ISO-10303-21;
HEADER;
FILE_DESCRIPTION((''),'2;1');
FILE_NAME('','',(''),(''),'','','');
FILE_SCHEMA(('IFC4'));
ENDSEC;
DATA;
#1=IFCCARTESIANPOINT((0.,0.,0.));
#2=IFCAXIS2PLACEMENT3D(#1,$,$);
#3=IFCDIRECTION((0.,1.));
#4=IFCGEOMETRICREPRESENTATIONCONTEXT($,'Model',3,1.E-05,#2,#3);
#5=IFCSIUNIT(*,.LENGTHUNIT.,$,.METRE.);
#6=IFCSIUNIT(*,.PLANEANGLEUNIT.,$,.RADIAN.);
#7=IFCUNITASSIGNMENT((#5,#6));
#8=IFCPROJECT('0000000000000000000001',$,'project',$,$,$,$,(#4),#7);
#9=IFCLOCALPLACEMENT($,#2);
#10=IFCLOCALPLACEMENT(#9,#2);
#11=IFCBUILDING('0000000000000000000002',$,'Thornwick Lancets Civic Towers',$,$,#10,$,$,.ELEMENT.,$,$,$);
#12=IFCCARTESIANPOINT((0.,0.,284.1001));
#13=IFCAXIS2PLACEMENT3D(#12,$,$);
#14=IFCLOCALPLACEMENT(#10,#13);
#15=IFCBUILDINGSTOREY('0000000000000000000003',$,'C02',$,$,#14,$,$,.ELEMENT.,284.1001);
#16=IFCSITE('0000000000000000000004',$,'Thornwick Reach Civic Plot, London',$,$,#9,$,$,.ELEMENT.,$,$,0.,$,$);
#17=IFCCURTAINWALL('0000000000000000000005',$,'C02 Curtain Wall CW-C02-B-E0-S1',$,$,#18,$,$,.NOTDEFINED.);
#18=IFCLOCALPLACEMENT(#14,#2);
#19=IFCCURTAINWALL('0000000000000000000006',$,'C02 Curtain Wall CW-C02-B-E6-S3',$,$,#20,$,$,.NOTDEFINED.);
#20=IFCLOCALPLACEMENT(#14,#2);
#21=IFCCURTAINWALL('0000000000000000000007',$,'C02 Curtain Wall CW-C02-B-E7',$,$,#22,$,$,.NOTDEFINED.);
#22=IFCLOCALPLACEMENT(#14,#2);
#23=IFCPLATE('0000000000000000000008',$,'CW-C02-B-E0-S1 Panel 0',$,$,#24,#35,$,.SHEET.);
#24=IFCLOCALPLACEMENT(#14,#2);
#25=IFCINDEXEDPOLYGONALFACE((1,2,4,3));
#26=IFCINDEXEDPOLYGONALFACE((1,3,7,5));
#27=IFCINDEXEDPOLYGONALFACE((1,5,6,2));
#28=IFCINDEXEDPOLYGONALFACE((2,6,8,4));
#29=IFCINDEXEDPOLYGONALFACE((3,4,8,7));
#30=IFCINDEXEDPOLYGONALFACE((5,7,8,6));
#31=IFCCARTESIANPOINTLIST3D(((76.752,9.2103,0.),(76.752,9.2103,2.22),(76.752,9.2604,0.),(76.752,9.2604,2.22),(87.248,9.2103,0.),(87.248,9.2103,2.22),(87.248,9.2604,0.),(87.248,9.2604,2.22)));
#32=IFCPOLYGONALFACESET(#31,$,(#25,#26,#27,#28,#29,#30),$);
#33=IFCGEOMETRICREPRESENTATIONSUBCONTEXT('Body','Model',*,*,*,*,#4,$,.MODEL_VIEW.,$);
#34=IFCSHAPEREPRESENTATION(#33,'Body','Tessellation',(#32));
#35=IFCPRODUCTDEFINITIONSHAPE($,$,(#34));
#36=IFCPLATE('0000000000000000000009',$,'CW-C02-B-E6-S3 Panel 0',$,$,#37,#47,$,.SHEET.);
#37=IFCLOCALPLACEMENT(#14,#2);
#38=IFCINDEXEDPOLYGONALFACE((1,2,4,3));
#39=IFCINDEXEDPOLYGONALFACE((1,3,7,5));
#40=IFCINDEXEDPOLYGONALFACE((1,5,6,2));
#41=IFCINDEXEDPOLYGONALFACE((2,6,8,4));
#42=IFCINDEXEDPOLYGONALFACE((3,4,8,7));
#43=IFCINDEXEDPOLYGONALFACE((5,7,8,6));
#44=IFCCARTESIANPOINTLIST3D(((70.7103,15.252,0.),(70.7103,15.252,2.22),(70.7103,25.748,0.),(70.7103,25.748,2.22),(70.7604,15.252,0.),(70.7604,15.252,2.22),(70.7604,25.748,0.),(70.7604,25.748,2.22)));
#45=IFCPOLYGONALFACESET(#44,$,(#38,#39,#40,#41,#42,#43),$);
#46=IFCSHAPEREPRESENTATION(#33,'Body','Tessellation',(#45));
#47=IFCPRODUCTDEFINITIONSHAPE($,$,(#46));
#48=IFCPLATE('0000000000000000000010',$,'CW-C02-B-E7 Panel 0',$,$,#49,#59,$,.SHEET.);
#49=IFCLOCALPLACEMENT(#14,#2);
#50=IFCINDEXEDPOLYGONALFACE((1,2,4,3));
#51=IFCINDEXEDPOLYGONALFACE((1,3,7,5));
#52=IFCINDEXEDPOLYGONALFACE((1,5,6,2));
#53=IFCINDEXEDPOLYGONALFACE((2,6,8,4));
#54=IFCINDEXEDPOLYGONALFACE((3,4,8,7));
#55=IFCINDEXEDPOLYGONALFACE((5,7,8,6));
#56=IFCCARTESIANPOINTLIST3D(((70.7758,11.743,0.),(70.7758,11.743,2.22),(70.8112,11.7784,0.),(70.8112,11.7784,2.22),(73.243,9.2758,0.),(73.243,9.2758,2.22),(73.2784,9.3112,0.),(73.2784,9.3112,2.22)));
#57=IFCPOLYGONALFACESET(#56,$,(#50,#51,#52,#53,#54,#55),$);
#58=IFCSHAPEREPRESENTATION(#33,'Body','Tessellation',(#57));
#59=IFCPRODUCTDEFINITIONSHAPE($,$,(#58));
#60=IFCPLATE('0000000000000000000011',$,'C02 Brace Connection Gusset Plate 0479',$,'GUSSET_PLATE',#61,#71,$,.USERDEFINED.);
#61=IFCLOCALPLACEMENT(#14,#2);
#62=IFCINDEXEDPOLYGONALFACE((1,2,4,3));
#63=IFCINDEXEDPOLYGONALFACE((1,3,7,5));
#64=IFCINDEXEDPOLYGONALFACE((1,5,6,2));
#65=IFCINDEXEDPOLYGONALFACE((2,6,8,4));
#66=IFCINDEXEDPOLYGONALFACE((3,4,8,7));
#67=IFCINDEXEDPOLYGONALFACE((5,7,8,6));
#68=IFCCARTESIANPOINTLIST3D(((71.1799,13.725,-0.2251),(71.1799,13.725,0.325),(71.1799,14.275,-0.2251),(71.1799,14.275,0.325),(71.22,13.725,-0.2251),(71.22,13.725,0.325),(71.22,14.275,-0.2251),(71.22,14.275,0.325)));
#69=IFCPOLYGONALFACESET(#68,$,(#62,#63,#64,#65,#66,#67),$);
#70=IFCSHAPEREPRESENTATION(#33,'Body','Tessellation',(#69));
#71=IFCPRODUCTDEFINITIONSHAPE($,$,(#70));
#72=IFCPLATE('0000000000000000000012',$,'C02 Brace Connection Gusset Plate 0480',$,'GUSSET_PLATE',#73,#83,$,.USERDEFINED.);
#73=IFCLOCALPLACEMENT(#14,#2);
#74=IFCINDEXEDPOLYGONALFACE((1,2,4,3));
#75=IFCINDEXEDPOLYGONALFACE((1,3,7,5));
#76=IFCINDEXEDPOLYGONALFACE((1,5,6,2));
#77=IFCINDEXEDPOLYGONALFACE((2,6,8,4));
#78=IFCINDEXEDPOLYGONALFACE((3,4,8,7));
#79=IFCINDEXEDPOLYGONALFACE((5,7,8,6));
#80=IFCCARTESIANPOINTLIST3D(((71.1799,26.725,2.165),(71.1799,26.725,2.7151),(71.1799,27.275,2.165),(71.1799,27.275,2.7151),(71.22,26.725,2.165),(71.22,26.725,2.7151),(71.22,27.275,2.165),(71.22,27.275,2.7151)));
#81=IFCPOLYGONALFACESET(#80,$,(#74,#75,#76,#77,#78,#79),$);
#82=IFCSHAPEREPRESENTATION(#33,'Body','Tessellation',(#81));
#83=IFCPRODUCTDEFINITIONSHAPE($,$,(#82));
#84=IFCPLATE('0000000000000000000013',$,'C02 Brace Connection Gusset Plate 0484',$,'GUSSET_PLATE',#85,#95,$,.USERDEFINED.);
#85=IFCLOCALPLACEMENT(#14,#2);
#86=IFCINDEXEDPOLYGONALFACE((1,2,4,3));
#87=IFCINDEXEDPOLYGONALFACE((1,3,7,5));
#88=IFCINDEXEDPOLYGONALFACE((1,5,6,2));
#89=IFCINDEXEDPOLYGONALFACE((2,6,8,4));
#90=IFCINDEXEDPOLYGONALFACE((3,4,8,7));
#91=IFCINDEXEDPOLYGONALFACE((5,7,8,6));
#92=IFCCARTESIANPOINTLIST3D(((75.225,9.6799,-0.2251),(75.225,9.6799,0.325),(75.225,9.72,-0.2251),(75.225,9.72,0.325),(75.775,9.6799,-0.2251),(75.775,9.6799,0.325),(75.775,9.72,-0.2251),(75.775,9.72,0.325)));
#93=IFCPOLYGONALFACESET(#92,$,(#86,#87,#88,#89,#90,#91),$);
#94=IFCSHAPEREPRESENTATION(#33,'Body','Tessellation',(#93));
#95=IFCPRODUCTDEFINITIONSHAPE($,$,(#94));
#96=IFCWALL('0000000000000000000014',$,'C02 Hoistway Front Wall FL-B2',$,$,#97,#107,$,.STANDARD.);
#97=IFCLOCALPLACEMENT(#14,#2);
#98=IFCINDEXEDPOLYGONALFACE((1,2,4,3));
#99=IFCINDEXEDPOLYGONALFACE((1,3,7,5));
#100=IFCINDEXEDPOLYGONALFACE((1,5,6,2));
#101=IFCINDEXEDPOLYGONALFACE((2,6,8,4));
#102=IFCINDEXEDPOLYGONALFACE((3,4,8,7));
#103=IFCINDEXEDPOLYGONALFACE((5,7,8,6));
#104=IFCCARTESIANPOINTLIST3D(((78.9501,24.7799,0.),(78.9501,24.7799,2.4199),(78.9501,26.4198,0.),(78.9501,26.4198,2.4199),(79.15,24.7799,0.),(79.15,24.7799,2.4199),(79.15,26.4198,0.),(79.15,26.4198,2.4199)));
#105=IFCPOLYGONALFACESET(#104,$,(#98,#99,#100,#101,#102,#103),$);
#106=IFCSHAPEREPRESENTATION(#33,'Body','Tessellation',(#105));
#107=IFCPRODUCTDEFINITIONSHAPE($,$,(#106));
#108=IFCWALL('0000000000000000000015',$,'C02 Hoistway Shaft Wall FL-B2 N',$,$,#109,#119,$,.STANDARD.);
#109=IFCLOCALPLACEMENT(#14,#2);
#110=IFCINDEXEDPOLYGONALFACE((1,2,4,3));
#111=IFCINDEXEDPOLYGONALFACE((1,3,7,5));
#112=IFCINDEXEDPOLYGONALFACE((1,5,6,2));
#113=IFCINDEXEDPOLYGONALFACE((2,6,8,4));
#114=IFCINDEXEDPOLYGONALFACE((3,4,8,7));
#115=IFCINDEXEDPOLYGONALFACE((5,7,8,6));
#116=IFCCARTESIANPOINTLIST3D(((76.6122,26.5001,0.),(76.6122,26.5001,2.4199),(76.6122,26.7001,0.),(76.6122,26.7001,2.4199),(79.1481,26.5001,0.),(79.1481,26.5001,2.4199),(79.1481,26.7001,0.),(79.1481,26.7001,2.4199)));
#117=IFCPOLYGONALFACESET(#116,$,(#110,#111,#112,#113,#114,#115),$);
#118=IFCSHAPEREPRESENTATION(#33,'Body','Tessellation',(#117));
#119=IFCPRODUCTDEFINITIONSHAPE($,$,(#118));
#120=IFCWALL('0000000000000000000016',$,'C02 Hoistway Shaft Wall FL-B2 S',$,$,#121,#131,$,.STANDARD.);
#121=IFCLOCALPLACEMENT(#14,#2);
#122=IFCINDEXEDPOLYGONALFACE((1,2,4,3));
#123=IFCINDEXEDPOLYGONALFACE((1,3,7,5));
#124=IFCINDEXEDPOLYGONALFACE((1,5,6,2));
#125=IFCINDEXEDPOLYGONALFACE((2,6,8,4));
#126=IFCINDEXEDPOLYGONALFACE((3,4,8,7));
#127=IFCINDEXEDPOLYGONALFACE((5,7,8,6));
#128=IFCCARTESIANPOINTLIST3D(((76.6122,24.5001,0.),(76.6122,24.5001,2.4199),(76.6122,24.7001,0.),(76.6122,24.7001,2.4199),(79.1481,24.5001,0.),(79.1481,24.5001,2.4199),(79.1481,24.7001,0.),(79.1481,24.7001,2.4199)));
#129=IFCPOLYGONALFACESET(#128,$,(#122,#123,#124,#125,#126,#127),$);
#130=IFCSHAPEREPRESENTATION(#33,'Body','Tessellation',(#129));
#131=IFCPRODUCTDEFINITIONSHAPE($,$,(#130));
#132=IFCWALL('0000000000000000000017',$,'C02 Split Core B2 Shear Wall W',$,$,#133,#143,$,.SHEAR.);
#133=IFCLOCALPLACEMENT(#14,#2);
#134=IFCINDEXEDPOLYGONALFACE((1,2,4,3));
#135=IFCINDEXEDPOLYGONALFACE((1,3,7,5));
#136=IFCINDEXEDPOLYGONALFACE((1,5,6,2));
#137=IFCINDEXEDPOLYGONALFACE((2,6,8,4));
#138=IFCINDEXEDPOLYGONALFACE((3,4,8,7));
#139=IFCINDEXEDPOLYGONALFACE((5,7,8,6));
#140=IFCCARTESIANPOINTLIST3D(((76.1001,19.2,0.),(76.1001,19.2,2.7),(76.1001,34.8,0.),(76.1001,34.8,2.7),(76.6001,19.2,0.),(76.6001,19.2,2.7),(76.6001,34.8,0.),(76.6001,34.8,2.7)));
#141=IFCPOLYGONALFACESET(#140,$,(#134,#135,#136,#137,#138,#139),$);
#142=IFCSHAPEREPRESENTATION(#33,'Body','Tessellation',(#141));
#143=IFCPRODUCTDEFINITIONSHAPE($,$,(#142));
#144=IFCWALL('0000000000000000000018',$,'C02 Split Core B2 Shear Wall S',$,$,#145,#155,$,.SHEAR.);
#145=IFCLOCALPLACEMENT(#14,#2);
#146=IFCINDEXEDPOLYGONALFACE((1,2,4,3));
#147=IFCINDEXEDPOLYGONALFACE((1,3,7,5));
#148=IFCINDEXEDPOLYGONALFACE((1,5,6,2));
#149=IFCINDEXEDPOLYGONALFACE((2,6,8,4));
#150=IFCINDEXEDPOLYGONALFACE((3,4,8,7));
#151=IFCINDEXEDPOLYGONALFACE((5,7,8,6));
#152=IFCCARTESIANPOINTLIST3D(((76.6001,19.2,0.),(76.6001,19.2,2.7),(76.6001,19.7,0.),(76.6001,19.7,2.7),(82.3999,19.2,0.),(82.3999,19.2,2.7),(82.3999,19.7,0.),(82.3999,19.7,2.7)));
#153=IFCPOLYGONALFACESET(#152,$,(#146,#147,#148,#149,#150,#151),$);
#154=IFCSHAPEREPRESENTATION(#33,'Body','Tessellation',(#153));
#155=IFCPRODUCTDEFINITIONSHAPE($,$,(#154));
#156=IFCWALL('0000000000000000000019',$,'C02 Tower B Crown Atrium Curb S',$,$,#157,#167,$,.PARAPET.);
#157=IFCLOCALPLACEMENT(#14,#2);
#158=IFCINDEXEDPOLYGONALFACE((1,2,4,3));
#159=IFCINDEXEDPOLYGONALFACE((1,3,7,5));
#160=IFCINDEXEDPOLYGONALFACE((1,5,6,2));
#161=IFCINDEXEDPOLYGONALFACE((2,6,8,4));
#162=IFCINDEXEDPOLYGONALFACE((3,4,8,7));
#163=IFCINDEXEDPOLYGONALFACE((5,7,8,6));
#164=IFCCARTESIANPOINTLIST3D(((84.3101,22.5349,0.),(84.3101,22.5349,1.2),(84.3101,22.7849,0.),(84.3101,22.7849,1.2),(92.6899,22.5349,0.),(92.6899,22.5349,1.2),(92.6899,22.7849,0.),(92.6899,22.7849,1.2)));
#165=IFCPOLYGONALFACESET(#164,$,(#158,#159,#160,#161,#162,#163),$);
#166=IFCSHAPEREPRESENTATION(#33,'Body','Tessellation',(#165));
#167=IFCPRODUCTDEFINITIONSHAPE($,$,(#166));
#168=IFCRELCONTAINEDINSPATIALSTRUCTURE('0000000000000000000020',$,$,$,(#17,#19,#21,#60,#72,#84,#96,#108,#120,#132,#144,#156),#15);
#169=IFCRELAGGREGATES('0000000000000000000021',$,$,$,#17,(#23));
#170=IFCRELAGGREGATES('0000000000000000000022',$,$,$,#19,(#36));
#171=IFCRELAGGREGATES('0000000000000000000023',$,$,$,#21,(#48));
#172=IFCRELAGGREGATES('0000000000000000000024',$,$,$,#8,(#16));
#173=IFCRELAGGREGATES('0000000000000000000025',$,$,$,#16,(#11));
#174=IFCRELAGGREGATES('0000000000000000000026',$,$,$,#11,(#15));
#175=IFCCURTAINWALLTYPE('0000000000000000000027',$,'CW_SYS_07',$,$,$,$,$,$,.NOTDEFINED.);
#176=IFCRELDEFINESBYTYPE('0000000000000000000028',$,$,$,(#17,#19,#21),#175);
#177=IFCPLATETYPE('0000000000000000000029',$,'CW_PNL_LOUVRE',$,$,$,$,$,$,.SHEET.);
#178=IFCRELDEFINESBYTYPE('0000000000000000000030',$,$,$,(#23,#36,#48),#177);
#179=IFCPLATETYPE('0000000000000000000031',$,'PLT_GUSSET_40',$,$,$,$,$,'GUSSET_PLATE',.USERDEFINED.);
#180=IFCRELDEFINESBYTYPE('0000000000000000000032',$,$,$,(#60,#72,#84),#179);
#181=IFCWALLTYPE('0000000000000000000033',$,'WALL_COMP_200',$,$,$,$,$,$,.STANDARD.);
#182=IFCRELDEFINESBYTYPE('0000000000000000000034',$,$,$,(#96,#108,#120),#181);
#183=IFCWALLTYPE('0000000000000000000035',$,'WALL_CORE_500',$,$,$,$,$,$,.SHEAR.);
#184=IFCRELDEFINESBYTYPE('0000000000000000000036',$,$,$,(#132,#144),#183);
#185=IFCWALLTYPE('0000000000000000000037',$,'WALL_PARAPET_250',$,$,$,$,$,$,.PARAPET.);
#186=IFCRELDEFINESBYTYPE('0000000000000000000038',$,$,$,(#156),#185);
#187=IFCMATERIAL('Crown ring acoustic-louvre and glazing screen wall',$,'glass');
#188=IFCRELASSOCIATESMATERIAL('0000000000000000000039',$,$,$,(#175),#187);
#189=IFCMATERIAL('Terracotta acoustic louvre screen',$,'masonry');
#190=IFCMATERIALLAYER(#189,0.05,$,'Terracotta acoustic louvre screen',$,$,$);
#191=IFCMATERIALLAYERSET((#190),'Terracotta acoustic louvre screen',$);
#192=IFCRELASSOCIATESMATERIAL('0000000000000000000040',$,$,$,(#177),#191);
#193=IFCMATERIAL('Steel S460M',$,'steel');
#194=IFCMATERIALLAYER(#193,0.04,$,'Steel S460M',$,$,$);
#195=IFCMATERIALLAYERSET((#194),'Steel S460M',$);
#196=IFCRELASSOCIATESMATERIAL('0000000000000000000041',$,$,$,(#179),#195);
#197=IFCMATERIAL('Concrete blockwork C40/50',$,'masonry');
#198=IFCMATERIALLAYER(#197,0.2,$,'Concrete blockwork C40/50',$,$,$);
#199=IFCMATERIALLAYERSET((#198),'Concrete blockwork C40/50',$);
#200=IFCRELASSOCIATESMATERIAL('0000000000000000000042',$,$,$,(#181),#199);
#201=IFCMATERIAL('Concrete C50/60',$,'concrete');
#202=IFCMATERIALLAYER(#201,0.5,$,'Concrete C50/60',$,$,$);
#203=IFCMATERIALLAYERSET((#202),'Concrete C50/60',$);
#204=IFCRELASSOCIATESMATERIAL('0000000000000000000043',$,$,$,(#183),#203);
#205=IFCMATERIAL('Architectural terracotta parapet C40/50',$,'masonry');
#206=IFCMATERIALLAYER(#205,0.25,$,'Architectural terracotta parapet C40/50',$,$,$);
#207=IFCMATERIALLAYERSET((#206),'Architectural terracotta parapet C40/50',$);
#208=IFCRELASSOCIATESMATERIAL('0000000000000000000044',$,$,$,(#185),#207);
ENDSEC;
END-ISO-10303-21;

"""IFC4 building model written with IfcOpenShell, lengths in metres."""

from ifc_helpers import new_model, si_unit, direction, frame, frame_2d, origin, origin_2d, place, context, subcontext, project, spatial, rectangle, extrude, material, layer, layer_set, type_object, element, aggregate, save


model = new_model("IFC4")

# Units and contexts
model_context = context("Model", 3, precision=1e-05, world=origin(), true_north=direction((0.0, 1.0)))
body_context = subcontext(model_context, "Body", "Model", "MODEL_VIEW")
ifc_project = project(units=[si_unit("LENGTHUNIT", "METRE"), si_unit("PLANEANGLEUNIT", "RADIAN")], contexts=[model_context])

# Site, building, storey
site_placement = place(None, origin())
site = spatial("IfcSite", under=ifc_project, at=site_placement, Name="Thornwick Reach Civic Plot, London", CompositionType="ELEMENT", RefElevation=0.0)
building_placement = place(site_placement, origin())
building = spatial("IfcBuilding", under=site, at=building_placement, Name="Thornwick Lancets Civic Towers", CompositionType="ELEMENT")
storey_placement = place(building_placement, frame((0.0, 0.0, 284.1001)))
storey = spatial("IfcBuildingStorey", under=building, at=storey_placement, Name="C02", CompositionType="ELEMENT", Elevation=284.1001)

# Curtain walls
ifc_material_1 = material(Name="Crown ring acoustic-louvre and glazing screen wall", Category="glass")
curtain_wall_type = type_object("IfcCurtainWallType", Name="CW_SYS_07", PredefinedType="NOTDEFINED", material=ifc_material_1)
curtain_wall_1_placement = place(storey_placement, origin())
curtain_wall_1 = element("IfcCurtainWall", 1, at=curtain_wall_1_placement, inside=storey, type_object=curtain_wall_type, Name="C02 Curtain Wall CW-C02-B-E0-S1", PredefinedType="NOTDEFINED")
curtain_wall_2_placement = place(storey_placement, origin())
curtain_wall_2 = element("IfcCurtainWall", 2, at=curtain_wall_2_placement, inside=storey, type_object=curtain_wall_type, Name="C02 Curtain Wall CW-C02-B-E6-S3", PredefinedType="NOTDEFINED")
curtain_wall_3_placement = place(storey_placement, origin())
curtain_wall_3 = element("IfcCurtainWall", 3, at=curtain_wall_3_placement, inside=storey, type_object=curtain_wall_type, Name="C02 Curtain Wall CW-C02-B-E7", PredefinedType="NOTDEFINED")

# Plates
ifc_material_2 = material(Name="Terracotta acoustic louvre screen", Category="masonry")
ifc_layer_1 = layer(ifc_material_2, 0.05, Name="Terracotta acoustic louvre screen")
ifc_layer_set_1 = layer_set([ifc_layer_1], Name="Terracotta acoustic louvre screen")
plate_type_1 = type_object("IfcPlateType", Name="CW_PNL_LOUVRE", PredefinedType="SHEET", material=ifc_layer_set_1)
plate_1_placement = place(storey_placement, frame((82.0, 9.2354, 0.0), z_axis=(0.0, 0.0, 1.0), x_axis=(1.0, 0.0, 0.0)))
plate_1 = element("IfcPlate", 4, at=plate_1_placement, type_object=plate_type_1, Name="CW-C02-B-E0-S1 Panel 0", PredefinedType="SHEET", context=body_context, shape_type="SweptSolid", body=[
    extrude(rectangle(XDim=10.4961, YDim=0.05, at=origin_2d()), origin(), (0.0, 0.0, 1.0), 2.22),
])
aggregate(curtain_wall_1, [plate_1])
plate_2_placement = place(storey_placement, frame((70.7354, 20.5, 0.0), z_axis=(0.0, 0.0, 1.0), x_axis=(0.0, -1.0, 0.0)))
plate_2 = element("IfcPlate", 5, at=plate_2_placement, type_object=plate_type_1, Name="CW-C02-B-E6-S3 Panel 0", PredefinedType="SHEET", context=body_context, shape_type="SweptSolid", body=[
    extrude(rectangle(XDim=10.4961, YDim=0.05, at=origin_2d()), origin(), (0.0, 0.0, 1.0), 2.22),
])
aggregate(curtain_wall_2, [plate_2])
plate_3_placement = place(storey_placement, frame((72.0271, 10.5271, 0.0), z_axis=(0.0, 0.0, 1.0), x_axis=(0.707107, -0.707107, 0.0)))
plate_3 = element("IfcPlate", 6, at=plate_3_placement, type_object=plate_type_1, Name="CW-C02-B-E7 Panel 0", PredefinedType="SHEET", context=body_context, shape_type="SweptSolid", body=[
    extrude(rectangle(XDim=3.4893, YDim=0.05, at=origin_2d()), origin(), (0.0, 0.0, 1.0), 2.22),
])
aggregate(curtain_wall_3, [plate_3])

# Plates
ifc_material_3 = material(Name="Steel S460M", Category="steel")
ifc_layer_2 = layer(ifc_material_3, 0.04, Name="Steel S460M")
ifc_layer_set_2 = layer_set([ifc_layer_2], Name="Steel S460M")
plate_type_2 = type_object("IfcPlateType", Name="PLT_GUSSET_40", ElementType="GUSSET_PLATE", PredefinedType="USERDEFINED", material=ifc_layer_set_2)
for number, where, z_axis, x_axis, name in (
    (7, (71.2, 14.0, -0.2251), (0.0, 0.0, 1.0), (0.0, 1.0, 0.0), "C02 Brace Connection Gusset Plate 0479"),
    (8, (71.2, 27.0, 2.165), (0.0, 0.0, 1.0), (0.0, 1.0, 0.0), "C02 Brace Connection Gusset Plate 0480"),
    (9, (75.5, 9.7, -0.2251), (0.0, 0.0, 1.0), (1.0, 0.0, 0.0), "C02 Brace Connection Gusset Plate 0484"),
):
    element("IfcPlate", number, at=place(storey_placement, frame(where, z_axis=z_axis, x_axis=x_axis)), inside=storey, type_object=plate_type_2, Name=name, ObjectType="GUSSET_PLATE", PredefinedType="USERDEFINED", context=body_context, shape_type="SweptSolid", body=[
        extrude(rectangle(XDim=0.55, YDim=0.04, at=origin_2d()), origin(), (0.0, 0.0, 1.0), 0.55),
    ])

# Walls
ifc_material_4 = material(Name="Concrete blockwork C40/50", Category="masonry")
ifc_layer_3 = layer(ifc_material_4, 0.2, Name="Concrete blockwork C40/50")
ifc_layer_set_3 = layer_set([ifc_layer_3], Name="Concrete blockwork C40/50")
wall_type_1 = type_object("IfcWallType", Name="WALL_COMP_200", PredefinedType="STANDARD", material=ifc_layer_set_3)
wall_1_placement = place(storey_placement, frame((79.05, 24.78, 0.0), z_axis=(0.0, 0.0, 1.0), x_axis=(0.0, 1.0, 0.0)))
element("IfcWall", 10, at=wall_1_placement, inside=storey, type_object=wall_type_1, Name="C02 Hoistway Front Wall FL-B2", PredefinedType="STANDARD", context=body_context, shape_type="SweptSolid", body=[
    extrude(rectangle(XDim=1.6399, YDim=0.2, at=frame_2d((0.8198, 0.0))), origin(), (0.0, 0.0, 1.0), 2.4199),
])
for number, where, z_axis, x_axis, name in (
    (11, (76.6121, 26.6001, 0.0), (0.0, 0.0, 1.0), (1.0, 0.0, 0.0), "C02 Hoistway Shaft Wall FL-B2 N"),
    (12, (76.6121, 24.6001, 0.0), (0.0, 0.0, 1.0), (1.0, 0.0, 0.0), "C02 Hoistway Shaft Wall FL-B2 S"),
):
    element("IfcWall", number, at=place(storey_placement, frame(where, z_axis=z_axis, x_axis=x_axis)), inside=storey, type_object=wall_type_1, Name=name, PredefinedType="STANDARD", context=body_context, shape_type="SweptSolid", body=[
        extrude(rectangle(XDim=2.5359, YDim=0.2, at=frame_2d((1.2681, 0.0))), origin(), (0.0, 0.0, 1.0), 2.4199),
    ])
ifc_material_5 = material(Name="Concrete C50/60", Category="concrete")
ifc_layer_4 = layer(ifc_material_5, 0.5, Name="Concrete C50/60")
ifc_layer_set_4 = layer_set([ifc_layer_4], Name="Concrete C50/60")
wall_type_2 = type_object("IfcWallType", Name="WALL_CORE_500", PredefinedType="SHEAR", material=ifc_layer_set_4)
wall_2_placement = place(storey_placement, frame((76.3501, 19.2, 0.0), z_axis=(0.0, 0.0, 1.0), x_axis=(0.0, 1.0, 0.0)))
element("IfcWall", 13, at=wall_2_placement, inside=storey, type_object=wall_type_2, Name="C02 Split Core B2 Shear Wall W", PredefinedType="SHEAR", context=body_context, shape_type="SweptSolid", body=[
    extrude(rectangle(XDim=15.6001, YDim=0.5, at=frame_2d((7.8, 0.0))), origin(), (0.0, 0.0, 1.0), 2.7),
])
wall_3_placement = place(storey_placement, frame((76.6001, 19.45, 0.0), z_axis=(0.0, 0.0, 1.0), x_axis=(1.0, 0.0, 0.0)))
element("IfcWall", 14, at=wall_3_placement, inside=storey, type_object=wall_type_2, Name="C02 Split Core B2 Shear Wall S", PredefinedType="SHEAR", context=body_context, shape_type="SweptSolid", body=[
    extrude(rectangle(XDim=5.7998, YDim=0.5, at=frame_2d((2.8999, 0.0))), origin(), (0.0, 0.0, 1.0), 2.7),
])
ifc_material_6 = material(Name="Architectural terracotta parapet C40/50", Category="masonry")
ifc_layer_5 = layer(ifc_material_6, 0.25, Name="Architectural terracotta parapet C40/50")
ifc_layer_set_5 = layer_set([ifc_layer_5], Name="Architectural terracotta parapet C40/50")
wall_type_3 = type_object("IfcWallType", Name="WALL_PARAPET_250", PredefinedType="PARAPET", material=ifc_layer_set_5)
wall_4_placement = place(storey_placement, frame((84.3101, 22.6599, 0.0), z_axis=(0.0, 0.0, 1.0), x_axis=(1.0, 0.0, 0.0)))
element("IfcWall", 15, at=wall_4_placement, inside=storey, type_object=wall_type_3, Name="C02 Tower B Crown Atrium Curb S", PredefinedType="PARAPET", context=body_context, shape_type="SweptSolid", body=[
    extrude(rectangle(XDim=8.3799, YDim=0.25, at=frame_2d((4.1899, 0.0))), origin(), (0.0, 0.0, 1.0), 1.2),
])

save(model, "model.ifc")
